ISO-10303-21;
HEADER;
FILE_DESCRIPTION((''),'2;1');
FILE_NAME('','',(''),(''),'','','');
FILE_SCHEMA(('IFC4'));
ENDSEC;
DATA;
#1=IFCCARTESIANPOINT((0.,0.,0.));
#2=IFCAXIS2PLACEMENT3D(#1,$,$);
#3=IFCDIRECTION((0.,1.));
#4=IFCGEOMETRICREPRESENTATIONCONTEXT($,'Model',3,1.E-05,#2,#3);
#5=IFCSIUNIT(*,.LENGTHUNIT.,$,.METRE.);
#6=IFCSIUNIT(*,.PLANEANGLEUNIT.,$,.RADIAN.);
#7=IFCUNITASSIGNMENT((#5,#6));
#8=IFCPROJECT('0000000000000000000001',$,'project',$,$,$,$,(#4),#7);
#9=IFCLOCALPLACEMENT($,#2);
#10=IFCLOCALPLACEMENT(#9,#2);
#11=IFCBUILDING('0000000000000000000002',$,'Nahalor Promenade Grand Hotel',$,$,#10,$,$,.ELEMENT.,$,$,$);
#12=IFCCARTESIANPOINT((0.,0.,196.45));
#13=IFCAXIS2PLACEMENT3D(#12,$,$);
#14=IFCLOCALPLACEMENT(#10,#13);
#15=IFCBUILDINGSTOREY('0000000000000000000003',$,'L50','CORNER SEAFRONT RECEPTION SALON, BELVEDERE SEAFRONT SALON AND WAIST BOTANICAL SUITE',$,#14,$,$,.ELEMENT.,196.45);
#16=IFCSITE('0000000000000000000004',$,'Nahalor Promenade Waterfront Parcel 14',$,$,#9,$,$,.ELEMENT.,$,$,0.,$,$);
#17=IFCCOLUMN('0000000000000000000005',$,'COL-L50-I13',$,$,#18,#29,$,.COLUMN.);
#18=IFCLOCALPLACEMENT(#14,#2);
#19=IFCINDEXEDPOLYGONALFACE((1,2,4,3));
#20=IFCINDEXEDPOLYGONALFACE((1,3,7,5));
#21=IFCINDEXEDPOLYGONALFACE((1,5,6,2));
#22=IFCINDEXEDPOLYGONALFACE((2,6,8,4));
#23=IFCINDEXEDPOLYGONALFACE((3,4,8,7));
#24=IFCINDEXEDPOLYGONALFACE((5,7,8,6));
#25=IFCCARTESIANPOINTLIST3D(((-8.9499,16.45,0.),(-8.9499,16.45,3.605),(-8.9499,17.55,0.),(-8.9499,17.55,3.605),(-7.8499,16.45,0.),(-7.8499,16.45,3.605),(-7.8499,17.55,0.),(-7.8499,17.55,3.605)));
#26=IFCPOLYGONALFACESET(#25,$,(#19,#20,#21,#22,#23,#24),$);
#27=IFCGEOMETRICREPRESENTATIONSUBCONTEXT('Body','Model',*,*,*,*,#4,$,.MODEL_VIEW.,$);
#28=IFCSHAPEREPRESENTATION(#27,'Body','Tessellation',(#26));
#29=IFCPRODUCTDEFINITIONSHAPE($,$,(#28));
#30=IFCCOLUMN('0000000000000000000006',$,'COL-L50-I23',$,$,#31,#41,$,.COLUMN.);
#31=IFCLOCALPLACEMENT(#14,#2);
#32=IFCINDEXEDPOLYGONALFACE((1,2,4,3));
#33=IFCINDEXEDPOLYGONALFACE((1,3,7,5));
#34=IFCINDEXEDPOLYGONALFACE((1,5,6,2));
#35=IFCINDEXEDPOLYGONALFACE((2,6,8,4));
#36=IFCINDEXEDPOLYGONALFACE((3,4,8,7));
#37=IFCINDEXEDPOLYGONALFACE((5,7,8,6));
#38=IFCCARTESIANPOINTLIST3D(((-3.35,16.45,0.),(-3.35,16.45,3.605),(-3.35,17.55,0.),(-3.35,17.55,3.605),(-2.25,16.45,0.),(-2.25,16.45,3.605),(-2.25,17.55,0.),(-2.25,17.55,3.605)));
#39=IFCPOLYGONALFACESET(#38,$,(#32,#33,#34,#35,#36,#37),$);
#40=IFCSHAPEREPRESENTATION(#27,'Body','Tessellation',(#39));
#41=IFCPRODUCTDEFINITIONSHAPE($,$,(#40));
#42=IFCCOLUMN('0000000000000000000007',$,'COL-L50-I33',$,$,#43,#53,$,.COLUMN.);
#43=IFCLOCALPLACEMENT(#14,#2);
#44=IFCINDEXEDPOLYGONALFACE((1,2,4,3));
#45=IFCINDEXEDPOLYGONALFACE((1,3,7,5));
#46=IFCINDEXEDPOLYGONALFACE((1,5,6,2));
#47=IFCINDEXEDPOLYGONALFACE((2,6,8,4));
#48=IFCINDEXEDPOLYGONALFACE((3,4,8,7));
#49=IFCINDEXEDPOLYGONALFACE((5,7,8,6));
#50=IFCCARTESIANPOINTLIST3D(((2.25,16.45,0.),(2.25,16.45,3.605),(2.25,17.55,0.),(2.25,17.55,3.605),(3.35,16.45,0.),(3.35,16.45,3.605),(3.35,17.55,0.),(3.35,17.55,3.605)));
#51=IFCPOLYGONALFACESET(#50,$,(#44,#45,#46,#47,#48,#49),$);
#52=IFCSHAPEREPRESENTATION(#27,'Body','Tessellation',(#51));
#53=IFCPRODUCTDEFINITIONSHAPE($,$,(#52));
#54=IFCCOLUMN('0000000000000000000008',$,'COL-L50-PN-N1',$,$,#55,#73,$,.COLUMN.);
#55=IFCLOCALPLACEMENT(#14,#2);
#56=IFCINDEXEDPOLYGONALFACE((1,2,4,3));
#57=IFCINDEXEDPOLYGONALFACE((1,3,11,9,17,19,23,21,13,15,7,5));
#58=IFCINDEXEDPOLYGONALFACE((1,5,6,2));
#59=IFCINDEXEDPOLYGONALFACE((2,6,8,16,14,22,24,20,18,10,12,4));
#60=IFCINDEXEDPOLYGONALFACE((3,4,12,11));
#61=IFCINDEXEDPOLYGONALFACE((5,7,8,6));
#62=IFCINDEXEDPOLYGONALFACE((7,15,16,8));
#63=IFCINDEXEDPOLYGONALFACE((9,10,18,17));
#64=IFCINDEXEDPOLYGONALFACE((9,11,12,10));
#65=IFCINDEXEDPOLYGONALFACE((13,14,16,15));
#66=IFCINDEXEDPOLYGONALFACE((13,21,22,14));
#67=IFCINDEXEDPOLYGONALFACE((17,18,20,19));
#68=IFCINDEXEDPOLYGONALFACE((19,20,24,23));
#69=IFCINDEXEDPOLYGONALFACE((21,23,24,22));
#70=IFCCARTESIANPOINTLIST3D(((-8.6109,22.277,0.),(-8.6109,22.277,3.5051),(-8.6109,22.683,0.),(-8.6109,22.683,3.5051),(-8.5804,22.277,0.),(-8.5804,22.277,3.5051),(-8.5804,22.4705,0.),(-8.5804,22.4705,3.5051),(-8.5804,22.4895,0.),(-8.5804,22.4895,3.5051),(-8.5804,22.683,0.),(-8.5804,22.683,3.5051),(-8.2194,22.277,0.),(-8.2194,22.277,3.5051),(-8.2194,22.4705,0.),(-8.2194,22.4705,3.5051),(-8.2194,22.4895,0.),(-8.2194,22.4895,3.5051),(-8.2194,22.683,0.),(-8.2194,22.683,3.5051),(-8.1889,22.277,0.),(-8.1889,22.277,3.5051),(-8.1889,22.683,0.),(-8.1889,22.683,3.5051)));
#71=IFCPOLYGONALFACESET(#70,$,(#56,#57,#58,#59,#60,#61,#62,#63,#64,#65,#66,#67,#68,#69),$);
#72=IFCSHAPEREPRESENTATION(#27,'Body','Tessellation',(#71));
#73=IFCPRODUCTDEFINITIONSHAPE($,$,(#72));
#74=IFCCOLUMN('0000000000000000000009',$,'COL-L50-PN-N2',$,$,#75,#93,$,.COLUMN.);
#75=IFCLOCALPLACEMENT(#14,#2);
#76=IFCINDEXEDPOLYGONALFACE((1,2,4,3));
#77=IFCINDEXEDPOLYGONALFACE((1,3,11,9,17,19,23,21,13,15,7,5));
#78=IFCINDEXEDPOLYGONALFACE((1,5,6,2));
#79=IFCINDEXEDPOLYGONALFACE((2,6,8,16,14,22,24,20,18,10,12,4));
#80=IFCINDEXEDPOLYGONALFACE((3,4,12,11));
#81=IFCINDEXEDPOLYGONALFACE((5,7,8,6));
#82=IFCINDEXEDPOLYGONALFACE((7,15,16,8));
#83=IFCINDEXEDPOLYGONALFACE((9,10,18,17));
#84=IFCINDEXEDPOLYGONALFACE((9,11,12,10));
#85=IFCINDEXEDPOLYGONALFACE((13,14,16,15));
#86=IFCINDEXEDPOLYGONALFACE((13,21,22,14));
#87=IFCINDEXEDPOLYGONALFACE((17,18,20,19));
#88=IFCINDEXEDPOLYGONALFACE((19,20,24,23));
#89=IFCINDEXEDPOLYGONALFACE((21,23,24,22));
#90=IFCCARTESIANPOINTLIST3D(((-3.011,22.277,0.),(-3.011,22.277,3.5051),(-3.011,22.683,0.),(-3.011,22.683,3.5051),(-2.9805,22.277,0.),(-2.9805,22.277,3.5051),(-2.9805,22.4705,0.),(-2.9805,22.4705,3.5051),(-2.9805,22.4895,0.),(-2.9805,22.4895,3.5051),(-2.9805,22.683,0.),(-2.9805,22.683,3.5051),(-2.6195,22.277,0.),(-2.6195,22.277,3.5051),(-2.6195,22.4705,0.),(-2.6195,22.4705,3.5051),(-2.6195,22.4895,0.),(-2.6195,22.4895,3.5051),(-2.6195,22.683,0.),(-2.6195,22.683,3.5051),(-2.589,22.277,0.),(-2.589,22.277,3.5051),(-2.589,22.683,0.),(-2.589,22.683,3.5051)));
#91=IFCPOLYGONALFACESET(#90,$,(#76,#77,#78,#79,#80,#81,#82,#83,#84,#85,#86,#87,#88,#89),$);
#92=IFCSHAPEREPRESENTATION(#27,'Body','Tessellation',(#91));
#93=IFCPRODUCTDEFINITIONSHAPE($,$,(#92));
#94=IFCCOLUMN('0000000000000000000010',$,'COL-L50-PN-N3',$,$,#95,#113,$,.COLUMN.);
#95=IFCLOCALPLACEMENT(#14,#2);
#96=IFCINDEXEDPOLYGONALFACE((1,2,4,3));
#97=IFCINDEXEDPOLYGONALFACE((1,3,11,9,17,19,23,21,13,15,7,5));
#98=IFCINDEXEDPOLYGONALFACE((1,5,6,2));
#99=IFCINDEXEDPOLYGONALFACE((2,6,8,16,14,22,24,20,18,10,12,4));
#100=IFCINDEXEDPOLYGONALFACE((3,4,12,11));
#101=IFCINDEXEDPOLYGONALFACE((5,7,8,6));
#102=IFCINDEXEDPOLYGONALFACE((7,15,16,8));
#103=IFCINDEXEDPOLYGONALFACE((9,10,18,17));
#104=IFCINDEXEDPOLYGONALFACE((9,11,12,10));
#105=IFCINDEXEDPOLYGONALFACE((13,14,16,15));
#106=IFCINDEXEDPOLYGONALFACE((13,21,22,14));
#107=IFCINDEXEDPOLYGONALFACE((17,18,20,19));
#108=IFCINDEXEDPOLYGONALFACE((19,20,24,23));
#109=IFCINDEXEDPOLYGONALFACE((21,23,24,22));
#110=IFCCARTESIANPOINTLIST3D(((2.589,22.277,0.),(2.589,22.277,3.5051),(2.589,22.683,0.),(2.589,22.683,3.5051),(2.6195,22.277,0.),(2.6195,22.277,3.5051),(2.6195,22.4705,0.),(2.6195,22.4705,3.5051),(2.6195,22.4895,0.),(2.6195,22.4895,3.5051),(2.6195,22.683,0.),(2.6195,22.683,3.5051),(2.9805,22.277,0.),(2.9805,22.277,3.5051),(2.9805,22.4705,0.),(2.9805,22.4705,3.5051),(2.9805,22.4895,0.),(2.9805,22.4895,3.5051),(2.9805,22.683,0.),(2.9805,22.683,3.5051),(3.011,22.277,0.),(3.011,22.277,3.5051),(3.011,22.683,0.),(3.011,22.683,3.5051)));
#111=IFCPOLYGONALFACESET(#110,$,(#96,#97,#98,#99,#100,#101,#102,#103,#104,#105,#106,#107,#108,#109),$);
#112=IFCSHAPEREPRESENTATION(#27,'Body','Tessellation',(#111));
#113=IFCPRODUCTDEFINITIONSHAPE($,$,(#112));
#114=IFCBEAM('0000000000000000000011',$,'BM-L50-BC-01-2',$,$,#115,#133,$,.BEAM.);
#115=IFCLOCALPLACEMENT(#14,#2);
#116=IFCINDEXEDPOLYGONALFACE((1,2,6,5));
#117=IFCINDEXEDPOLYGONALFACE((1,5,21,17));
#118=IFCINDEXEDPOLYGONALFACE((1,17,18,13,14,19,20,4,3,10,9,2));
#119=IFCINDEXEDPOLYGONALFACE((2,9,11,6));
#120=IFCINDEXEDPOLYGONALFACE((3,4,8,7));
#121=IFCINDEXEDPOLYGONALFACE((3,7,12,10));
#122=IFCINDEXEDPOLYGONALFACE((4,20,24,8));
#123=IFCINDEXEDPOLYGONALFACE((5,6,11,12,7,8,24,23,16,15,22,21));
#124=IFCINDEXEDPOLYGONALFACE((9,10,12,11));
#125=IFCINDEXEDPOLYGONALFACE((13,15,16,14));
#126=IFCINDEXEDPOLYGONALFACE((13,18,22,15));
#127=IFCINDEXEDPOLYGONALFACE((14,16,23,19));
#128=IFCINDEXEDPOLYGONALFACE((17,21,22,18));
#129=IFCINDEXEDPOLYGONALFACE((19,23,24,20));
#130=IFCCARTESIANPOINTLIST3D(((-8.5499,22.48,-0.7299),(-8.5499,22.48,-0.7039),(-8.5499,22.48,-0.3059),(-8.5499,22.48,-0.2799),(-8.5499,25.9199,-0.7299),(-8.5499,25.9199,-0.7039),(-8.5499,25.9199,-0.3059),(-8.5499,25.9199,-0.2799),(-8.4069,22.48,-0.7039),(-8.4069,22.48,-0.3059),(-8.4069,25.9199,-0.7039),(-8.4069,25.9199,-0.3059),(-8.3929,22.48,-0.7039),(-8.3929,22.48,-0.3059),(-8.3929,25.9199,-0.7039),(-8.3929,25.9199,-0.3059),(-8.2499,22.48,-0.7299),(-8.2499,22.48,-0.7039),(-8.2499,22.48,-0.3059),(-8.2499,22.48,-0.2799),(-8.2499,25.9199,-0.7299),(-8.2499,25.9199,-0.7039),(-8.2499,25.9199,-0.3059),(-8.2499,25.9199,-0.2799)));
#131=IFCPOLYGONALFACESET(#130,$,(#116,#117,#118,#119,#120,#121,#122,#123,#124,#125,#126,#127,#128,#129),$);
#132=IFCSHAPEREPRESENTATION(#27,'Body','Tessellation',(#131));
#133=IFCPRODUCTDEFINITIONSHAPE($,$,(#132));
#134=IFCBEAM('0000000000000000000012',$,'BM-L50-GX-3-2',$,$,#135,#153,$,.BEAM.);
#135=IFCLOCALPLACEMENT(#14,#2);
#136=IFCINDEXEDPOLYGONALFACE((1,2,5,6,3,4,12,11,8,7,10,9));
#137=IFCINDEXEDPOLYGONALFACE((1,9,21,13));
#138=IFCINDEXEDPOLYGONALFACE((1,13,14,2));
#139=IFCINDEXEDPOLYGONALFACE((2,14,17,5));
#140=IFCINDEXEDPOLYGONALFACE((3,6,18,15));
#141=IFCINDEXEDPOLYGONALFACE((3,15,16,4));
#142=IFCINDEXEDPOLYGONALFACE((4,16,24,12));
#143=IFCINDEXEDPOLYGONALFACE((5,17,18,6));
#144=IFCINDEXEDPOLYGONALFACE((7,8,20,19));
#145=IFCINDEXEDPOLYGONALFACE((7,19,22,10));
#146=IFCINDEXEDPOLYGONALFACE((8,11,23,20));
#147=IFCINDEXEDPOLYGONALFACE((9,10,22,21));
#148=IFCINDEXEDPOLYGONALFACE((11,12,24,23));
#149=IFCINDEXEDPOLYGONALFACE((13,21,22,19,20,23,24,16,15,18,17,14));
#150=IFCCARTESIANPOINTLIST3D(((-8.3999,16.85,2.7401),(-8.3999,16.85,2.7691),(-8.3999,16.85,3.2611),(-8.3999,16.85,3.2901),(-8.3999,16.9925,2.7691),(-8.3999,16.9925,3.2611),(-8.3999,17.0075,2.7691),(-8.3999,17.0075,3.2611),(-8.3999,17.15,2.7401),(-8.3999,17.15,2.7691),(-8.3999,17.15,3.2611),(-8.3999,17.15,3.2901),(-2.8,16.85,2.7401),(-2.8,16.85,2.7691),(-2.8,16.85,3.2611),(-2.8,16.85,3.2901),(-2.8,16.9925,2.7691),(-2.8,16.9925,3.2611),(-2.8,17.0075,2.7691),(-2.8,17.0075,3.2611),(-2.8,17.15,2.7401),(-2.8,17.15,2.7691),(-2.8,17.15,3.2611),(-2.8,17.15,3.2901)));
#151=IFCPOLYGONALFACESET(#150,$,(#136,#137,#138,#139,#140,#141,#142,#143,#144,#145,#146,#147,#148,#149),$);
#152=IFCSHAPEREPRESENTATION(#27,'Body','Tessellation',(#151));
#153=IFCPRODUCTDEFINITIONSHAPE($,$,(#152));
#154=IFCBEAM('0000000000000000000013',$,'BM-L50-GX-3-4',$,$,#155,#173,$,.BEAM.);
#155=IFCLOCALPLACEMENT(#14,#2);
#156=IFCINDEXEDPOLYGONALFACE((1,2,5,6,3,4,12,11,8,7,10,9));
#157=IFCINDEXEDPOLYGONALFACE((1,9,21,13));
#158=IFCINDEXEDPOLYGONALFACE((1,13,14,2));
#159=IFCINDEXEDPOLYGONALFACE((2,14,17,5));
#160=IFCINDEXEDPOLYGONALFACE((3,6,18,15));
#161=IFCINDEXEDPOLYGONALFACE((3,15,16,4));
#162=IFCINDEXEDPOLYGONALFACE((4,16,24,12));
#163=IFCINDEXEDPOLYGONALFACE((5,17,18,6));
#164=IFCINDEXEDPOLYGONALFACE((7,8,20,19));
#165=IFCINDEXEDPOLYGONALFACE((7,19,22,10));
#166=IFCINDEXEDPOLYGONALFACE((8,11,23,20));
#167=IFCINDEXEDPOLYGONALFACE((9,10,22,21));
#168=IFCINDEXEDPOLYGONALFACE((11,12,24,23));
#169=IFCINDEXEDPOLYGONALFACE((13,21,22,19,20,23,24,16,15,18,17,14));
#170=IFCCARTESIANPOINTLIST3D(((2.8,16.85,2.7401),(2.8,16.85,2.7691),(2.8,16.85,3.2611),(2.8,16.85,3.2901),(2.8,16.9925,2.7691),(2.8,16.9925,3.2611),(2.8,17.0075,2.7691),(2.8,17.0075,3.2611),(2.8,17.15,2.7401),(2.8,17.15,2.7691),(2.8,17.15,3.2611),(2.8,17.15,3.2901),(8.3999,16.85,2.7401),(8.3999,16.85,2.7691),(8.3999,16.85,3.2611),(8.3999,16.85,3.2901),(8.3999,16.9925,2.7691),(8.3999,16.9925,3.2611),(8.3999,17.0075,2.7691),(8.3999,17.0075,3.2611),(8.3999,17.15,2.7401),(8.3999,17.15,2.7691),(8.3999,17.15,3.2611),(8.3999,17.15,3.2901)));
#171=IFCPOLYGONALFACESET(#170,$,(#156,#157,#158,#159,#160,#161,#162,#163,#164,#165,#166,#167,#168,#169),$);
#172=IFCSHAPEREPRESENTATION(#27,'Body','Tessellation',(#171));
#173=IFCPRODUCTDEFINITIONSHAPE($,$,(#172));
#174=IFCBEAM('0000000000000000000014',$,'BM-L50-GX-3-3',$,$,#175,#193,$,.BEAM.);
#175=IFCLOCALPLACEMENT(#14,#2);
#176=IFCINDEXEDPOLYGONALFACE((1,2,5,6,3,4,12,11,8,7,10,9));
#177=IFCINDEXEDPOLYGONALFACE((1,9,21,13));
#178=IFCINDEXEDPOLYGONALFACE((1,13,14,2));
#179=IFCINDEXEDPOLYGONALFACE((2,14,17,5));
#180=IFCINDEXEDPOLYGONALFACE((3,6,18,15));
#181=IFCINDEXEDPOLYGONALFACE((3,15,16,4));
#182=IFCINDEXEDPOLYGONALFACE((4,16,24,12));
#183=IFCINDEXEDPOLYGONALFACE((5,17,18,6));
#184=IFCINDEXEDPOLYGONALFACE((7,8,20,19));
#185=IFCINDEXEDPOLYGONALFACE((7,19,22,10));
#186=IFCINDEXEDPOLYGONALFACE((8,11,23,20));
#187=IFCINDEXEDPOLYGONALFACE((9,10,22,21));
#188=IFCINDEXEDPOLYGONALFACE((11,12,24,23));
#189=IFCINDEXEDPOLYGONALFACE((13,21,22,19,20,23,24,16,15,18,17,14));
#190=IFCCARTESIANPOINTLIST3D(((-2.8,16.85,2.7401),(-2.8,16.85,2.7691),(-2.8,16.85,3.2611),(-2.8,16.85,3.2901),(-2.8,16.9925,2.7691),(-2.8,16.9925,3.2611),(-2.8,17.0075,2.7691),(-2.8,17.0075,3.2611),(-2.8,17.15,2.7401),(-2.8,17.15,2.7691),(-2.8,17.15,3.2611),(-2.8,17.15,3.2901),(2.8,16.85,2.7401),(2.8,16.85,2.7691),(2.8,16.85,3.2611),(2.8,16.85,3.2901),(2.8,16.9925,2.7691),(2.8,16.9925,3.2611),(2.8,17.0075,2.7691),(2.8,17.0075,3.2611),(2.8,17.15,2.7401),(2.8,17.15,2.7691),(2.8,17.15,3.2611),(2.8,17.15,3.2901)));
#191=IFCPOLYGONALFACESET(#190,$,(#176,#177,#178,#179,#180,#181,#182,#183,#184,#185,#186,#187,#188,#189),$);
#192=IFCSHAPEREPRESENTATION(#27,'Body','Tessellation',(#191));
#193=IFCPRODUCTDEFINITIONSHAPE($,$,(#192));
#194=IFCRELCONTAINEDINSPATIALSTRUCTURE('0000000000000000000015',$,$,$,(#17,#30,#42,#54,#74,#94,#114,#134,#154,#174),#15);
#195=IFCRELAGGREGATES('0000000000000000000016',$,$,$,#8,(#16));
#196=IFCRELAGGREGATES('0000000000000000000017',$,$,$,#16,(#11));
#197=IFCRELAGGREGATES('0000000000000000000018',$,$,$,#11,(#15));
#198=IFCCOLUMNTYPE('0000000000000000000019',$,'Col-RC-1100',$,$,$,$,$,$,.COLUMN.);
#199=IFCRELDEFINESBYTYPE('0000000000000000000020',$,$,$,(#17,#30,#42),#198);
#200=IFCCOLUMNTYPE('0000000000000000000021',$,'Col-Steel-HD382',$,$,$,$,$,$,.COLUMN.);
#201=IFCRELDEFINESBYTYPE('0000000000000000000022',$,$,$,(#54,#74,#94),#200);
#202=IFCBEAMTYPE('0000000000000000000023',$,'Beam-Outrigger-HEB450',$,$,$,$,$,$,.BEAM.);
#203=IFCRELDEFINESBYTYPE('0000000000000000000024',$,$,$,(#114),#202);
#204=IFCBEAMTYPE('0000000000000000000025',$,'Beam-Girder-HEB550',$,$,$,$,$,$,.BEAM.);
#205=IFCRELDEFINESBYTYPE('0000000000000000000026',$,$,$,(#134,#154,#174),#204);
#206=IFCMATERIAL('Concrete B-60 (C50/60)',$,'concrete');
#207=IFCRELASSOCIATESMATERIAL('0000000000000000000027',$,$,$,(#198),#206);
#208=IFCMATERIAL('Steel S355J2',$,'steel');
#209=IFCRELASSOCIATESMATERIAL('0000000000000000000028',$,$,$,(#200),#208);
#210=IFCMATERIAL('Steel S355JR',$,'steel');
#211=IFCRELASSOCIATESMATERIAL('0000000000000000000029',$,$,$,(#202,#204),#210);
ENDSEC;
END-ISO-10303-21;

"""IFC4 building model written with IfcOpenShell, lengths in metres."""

from ifc_helpers import new_model, si_unit, direction, frame, origin, origin_2d, place, context, subcontext, project, spatial, rectangle, i_section, extrude, source, transform, mapped, material, material_profile, profile_set, type_object, element, save


model = new_model("IFC4")

# Units and contexts
model_context = context("Model", 3, precision=1e-05, world=origin(), true_north=direction((0.0, 1.0)))
body_context = subcontext(model_context, "Body", "Model", "MODEL_VIEW")
ifc_project = project(units=[si_unit("LENGTHUNIT", "METRE"), si_unit("PLANEANGLEUNIT", "RADIAN")], contexts=[model_context])

# Site, building, storey
site_placement = place(None, origin())
site = spatial("IfcSite", under=ifc_project, at=site_placement, Name="Nahalor Promenade Waterfront Parcel 14", CompositionType="ELEMENT", RefElevation=0.0)
building_placement = place(site_placement, origin())
building = spatial("IfcBuilding", under=site, at=building_placement, Name="Nahalor Promenade Grand Hotel", CompositionType="ELEMENT")
storey_placement = place(building_placement, frame((0.0, 0.0, 196.45)))
storey = spatial("IfcBuildingStorey", under=building, at=storey_placement, Name="L50", Description="CORNER SEAFRONT RECEPTION SALON, BELVEDERE SEAFRONT SALON AND WAIST BOTANICAL SUITE", CompositionType="ELEMENT", Elevation=196.45)

# Columns
ifc_material_1 = material(Name="Concrete B-60 (C50/60)", Category="concrete")
ifc_material_profile_1 = material_profile(ifc_material_1, rectangle(XDim=1.1, YDim=1.1, at=origin_2d()), Name="RC 1100x1100")
ifc_profile_set_1 = profile_set([ifc_material_profile_1], Name="Concrete B-60 (C50/60)")
column_type_1 = type_object("IfcColumnType", Name="Col-RC-1100", PredefinedType="COLUMN", material=ifc_profile_set_1)
shared_shape_1 = source(origin(), body_context, "Body", "SweptSolid", [
    extrude(rectangle(XDim=1.1, YDim=1.1, at=origin_2d()), origin(), (0.0, 0.0, 1.0), 3.605),
])
for number, where, z_axis, x_axis, name in (
    (1, (-8.3999, 17.0, 0.0), (0.0, 0.0, 1.0), (1.0, 0.0, 0.0), "COL-L50-I13"),
    (2, (-2.8, 17.0, 0.0), (0.0, 0.0, 1.0), (1.0, 0.0, 0.0), "COL-L50-I23"),
    (3, (2.8, 17.0, 0.0), (0.0, 0.0, 1.0), (1.0, 0.0, 0.0), "COL-L50-I33"),
):
    element("IfcColumn", number, at=place(storey_placement, frame(where, z_axis=z_axis, x_axis=x_axis)), inside=storey, type_object=column_type_1, Name=name, PredefinedType="COLUMN", context=body_context, shape_type="MappedRepresentation", body=[
        mapped(shared_shape_1, transform((0.0, 0.0, 0.0), scale=1.0)),
    ])
ifc_material_2 = material(Name="Steel S355J2", Category="steel")
ifc_material_profile_2 = material_profile(ifc_material_2, i_section(OverallWidth=0.406, OverallDepth=0.422, WebThickness=0.019, FlangeThickness=0.0305, at=origin_2d()), Name="HD 400x382")
ifc_profile_set_2 = profile_set([ifc_material_profile_2], Name="Steel S355J2")
column_type_2 = type_object("IfcColumnType", Name="Col-Steel-HD382", PredefinedType="COLUMN", material=ifc_profile_set_2)
shared_shape_2 = source(origin(), body_context, "Body", "SweptSolid", [
    extrude(i_section(OverallWidth=0.406, OverallDepth=0.422, WebThickness=0.019, FlangeThickness=0.0305, at=origin_2d()), origin(), (0.0, 0.0, 1.0), 3.5051),
])
for number, where, z_axis, x_axis, name in (
    (4, (-8.3999, 22.48, 0.0), (0.0, 0.0, 1.0), (0.0, 1.0, 0.0), "COL-L50-PN-N1"),
    (5, (-2.8, 22.48, 0.0), (0.0, 0.0, 1.0), (0.0, 1.0, 0.0), "COL-L50-PN-N2"),
    (6, (2.8, 22.48, 0.0), (0.0, 0.0, 1.0), (0.0, 1.0, 0.0), "COL-L50-PN-N3"),
):
    element("IfcColumn", number, at=place(storey_placement, frame(where, z_axis=z_axis, x_axis=x_axis)), inside=storey, type_object=column_type_2, Name=name, PredefinedType="COLUMN", context=body_context, shape_type="MappedRepresentation", body=[
        mapped(shared_shape_2, transform((0.0, 0.0, 0.0), scale=1.0)),
    ])

# Beams
ifc_material_3 = material(Name="Steel S355JR", Category="steel")
ifc_material_profile_3 = material_profile(ifc_material_3, i_section(OverallWidth=0.3, OverallDepth=0.45, WebThickness=0.014, FlangeThickness=0.026, at=origin_2d()), Name="HEB 450")
ifc_profile_set_3 = profile_set([ifc_material_profile_3], Name="Steel S355JR")
beam_type_1 = type_object("IfcBeamType", Name="Beam-Outrigger-HEB450", PredefinedType="BEAM", material=ifc_profile_set_3)
shared_shape_3 = source(origin(), body_context, "Body", "SweptSolid", [
    extrude(i_section(OverallWidth=0.3, OverallDepth=0.45, WebThickness=0.014, FlangeThickness=0.026, at=origin_2d()), origin(), (0.0, 0.0, 1.0), 3.4399),
])
beam_1_placement = place(storey_placement, frame((-8.3999, 22.48, -0.5049), z_axis=(0.0, 1.0, 0.0), x_axis=(-1.0, 0.0, 0.0)))
element("IfcBeam", 7, at=beam_1_placement, inside=storey, type_object=beam_type_1, Name="BM-L50-BC-01-2", PredefinedType="BEAM", context=body_context, shape_type="MappedRepresentation", body=[
    mapped(shared_shape_3, transform((0.0, 0.0, 0.0), scale=1.0)),
])
ifc_material_profile_4 = material_profile(ifc_material_3, i_section(OverallWidth=0.3, OverallDepth=0.55, WebThickness=0.015, FlangeThickness=0.029, at=origin_2d()), Name="HEB 550")
ifc_profile_set_4 = profile_set([ifc_material_profile_4], Name="Steel S355JR")
beam_type_2 = type_object("IfcBeamType", Name="Beam-Girder-HEB550", PredefinedType="BEAM", material=ifc_profile_set_4)
shared_shape_4 = source(origin(), body_context, "Body", "SweptSolid", [
    extrude(i_section(OverallWidth=0.3, OverallDepth=0.55, WebThickness=0.015, FlangeThickness=0.029, at=origin_2d()), origin(), (0.0, 0.0, 1.0), 5.5999),
])
for number, where, z_axis, x_axis, name in (
    (8, (-8.3999, 17.0, 3.0151), (1.0, 0.0, 0.0), (0.0, 1.0, 0.0), "BM-L50-GX-3-2"),
    (9, (2.8, 17.0, 3.0151), (1.0, 0.0, 0.0), (0.0, 1.0, 0.0), "BM-L50-GX-3-4"),
):
    element("IfcBeam", number, at=place(storey_placement, frame(where, z_axis=z_axis, x_axis=x_axis)), inside=storey, type_object=beam_type_2, Name=name, PredefinedType="BEAM", context=body_context, shape_type="MappedRepresentation", body=[
        mapped(shared_shape_4, transform((0.0, 0.0, 0.0), scale=1.0)),
    ])
shared_shape_5 = source(origin(), body_context, "Body", "SweptSolid", [
    extrude(i_section(OverallWidth=0.3, OverallDepth=0.55, WebThickness=0.015, FlangeThickness=0.029, at=origin_2d()), origin(), (0.0, 0.0, 1.0), 5.6001),
])
beam_2_placement = place(storey_placement, frame((-2.8, 17.0, 3.0151), z_axis=(1.0, 0.0, 0.0), x_axis=(0.0, 1.0, 0.0)))
element("IfcBeam", 10, at=beam_2_placement, inside=storey, type_object=beam_type_2, Name="BM-L50-GX-3-3", PredefinedType="BEAM", context=body_context, shape_type="MappedRepresentation", body=[
    mapped(shared_shape_5, transform((0.0, 0.0, 0.0), scale=1.0)),
])

save(model, "model.ifc")
